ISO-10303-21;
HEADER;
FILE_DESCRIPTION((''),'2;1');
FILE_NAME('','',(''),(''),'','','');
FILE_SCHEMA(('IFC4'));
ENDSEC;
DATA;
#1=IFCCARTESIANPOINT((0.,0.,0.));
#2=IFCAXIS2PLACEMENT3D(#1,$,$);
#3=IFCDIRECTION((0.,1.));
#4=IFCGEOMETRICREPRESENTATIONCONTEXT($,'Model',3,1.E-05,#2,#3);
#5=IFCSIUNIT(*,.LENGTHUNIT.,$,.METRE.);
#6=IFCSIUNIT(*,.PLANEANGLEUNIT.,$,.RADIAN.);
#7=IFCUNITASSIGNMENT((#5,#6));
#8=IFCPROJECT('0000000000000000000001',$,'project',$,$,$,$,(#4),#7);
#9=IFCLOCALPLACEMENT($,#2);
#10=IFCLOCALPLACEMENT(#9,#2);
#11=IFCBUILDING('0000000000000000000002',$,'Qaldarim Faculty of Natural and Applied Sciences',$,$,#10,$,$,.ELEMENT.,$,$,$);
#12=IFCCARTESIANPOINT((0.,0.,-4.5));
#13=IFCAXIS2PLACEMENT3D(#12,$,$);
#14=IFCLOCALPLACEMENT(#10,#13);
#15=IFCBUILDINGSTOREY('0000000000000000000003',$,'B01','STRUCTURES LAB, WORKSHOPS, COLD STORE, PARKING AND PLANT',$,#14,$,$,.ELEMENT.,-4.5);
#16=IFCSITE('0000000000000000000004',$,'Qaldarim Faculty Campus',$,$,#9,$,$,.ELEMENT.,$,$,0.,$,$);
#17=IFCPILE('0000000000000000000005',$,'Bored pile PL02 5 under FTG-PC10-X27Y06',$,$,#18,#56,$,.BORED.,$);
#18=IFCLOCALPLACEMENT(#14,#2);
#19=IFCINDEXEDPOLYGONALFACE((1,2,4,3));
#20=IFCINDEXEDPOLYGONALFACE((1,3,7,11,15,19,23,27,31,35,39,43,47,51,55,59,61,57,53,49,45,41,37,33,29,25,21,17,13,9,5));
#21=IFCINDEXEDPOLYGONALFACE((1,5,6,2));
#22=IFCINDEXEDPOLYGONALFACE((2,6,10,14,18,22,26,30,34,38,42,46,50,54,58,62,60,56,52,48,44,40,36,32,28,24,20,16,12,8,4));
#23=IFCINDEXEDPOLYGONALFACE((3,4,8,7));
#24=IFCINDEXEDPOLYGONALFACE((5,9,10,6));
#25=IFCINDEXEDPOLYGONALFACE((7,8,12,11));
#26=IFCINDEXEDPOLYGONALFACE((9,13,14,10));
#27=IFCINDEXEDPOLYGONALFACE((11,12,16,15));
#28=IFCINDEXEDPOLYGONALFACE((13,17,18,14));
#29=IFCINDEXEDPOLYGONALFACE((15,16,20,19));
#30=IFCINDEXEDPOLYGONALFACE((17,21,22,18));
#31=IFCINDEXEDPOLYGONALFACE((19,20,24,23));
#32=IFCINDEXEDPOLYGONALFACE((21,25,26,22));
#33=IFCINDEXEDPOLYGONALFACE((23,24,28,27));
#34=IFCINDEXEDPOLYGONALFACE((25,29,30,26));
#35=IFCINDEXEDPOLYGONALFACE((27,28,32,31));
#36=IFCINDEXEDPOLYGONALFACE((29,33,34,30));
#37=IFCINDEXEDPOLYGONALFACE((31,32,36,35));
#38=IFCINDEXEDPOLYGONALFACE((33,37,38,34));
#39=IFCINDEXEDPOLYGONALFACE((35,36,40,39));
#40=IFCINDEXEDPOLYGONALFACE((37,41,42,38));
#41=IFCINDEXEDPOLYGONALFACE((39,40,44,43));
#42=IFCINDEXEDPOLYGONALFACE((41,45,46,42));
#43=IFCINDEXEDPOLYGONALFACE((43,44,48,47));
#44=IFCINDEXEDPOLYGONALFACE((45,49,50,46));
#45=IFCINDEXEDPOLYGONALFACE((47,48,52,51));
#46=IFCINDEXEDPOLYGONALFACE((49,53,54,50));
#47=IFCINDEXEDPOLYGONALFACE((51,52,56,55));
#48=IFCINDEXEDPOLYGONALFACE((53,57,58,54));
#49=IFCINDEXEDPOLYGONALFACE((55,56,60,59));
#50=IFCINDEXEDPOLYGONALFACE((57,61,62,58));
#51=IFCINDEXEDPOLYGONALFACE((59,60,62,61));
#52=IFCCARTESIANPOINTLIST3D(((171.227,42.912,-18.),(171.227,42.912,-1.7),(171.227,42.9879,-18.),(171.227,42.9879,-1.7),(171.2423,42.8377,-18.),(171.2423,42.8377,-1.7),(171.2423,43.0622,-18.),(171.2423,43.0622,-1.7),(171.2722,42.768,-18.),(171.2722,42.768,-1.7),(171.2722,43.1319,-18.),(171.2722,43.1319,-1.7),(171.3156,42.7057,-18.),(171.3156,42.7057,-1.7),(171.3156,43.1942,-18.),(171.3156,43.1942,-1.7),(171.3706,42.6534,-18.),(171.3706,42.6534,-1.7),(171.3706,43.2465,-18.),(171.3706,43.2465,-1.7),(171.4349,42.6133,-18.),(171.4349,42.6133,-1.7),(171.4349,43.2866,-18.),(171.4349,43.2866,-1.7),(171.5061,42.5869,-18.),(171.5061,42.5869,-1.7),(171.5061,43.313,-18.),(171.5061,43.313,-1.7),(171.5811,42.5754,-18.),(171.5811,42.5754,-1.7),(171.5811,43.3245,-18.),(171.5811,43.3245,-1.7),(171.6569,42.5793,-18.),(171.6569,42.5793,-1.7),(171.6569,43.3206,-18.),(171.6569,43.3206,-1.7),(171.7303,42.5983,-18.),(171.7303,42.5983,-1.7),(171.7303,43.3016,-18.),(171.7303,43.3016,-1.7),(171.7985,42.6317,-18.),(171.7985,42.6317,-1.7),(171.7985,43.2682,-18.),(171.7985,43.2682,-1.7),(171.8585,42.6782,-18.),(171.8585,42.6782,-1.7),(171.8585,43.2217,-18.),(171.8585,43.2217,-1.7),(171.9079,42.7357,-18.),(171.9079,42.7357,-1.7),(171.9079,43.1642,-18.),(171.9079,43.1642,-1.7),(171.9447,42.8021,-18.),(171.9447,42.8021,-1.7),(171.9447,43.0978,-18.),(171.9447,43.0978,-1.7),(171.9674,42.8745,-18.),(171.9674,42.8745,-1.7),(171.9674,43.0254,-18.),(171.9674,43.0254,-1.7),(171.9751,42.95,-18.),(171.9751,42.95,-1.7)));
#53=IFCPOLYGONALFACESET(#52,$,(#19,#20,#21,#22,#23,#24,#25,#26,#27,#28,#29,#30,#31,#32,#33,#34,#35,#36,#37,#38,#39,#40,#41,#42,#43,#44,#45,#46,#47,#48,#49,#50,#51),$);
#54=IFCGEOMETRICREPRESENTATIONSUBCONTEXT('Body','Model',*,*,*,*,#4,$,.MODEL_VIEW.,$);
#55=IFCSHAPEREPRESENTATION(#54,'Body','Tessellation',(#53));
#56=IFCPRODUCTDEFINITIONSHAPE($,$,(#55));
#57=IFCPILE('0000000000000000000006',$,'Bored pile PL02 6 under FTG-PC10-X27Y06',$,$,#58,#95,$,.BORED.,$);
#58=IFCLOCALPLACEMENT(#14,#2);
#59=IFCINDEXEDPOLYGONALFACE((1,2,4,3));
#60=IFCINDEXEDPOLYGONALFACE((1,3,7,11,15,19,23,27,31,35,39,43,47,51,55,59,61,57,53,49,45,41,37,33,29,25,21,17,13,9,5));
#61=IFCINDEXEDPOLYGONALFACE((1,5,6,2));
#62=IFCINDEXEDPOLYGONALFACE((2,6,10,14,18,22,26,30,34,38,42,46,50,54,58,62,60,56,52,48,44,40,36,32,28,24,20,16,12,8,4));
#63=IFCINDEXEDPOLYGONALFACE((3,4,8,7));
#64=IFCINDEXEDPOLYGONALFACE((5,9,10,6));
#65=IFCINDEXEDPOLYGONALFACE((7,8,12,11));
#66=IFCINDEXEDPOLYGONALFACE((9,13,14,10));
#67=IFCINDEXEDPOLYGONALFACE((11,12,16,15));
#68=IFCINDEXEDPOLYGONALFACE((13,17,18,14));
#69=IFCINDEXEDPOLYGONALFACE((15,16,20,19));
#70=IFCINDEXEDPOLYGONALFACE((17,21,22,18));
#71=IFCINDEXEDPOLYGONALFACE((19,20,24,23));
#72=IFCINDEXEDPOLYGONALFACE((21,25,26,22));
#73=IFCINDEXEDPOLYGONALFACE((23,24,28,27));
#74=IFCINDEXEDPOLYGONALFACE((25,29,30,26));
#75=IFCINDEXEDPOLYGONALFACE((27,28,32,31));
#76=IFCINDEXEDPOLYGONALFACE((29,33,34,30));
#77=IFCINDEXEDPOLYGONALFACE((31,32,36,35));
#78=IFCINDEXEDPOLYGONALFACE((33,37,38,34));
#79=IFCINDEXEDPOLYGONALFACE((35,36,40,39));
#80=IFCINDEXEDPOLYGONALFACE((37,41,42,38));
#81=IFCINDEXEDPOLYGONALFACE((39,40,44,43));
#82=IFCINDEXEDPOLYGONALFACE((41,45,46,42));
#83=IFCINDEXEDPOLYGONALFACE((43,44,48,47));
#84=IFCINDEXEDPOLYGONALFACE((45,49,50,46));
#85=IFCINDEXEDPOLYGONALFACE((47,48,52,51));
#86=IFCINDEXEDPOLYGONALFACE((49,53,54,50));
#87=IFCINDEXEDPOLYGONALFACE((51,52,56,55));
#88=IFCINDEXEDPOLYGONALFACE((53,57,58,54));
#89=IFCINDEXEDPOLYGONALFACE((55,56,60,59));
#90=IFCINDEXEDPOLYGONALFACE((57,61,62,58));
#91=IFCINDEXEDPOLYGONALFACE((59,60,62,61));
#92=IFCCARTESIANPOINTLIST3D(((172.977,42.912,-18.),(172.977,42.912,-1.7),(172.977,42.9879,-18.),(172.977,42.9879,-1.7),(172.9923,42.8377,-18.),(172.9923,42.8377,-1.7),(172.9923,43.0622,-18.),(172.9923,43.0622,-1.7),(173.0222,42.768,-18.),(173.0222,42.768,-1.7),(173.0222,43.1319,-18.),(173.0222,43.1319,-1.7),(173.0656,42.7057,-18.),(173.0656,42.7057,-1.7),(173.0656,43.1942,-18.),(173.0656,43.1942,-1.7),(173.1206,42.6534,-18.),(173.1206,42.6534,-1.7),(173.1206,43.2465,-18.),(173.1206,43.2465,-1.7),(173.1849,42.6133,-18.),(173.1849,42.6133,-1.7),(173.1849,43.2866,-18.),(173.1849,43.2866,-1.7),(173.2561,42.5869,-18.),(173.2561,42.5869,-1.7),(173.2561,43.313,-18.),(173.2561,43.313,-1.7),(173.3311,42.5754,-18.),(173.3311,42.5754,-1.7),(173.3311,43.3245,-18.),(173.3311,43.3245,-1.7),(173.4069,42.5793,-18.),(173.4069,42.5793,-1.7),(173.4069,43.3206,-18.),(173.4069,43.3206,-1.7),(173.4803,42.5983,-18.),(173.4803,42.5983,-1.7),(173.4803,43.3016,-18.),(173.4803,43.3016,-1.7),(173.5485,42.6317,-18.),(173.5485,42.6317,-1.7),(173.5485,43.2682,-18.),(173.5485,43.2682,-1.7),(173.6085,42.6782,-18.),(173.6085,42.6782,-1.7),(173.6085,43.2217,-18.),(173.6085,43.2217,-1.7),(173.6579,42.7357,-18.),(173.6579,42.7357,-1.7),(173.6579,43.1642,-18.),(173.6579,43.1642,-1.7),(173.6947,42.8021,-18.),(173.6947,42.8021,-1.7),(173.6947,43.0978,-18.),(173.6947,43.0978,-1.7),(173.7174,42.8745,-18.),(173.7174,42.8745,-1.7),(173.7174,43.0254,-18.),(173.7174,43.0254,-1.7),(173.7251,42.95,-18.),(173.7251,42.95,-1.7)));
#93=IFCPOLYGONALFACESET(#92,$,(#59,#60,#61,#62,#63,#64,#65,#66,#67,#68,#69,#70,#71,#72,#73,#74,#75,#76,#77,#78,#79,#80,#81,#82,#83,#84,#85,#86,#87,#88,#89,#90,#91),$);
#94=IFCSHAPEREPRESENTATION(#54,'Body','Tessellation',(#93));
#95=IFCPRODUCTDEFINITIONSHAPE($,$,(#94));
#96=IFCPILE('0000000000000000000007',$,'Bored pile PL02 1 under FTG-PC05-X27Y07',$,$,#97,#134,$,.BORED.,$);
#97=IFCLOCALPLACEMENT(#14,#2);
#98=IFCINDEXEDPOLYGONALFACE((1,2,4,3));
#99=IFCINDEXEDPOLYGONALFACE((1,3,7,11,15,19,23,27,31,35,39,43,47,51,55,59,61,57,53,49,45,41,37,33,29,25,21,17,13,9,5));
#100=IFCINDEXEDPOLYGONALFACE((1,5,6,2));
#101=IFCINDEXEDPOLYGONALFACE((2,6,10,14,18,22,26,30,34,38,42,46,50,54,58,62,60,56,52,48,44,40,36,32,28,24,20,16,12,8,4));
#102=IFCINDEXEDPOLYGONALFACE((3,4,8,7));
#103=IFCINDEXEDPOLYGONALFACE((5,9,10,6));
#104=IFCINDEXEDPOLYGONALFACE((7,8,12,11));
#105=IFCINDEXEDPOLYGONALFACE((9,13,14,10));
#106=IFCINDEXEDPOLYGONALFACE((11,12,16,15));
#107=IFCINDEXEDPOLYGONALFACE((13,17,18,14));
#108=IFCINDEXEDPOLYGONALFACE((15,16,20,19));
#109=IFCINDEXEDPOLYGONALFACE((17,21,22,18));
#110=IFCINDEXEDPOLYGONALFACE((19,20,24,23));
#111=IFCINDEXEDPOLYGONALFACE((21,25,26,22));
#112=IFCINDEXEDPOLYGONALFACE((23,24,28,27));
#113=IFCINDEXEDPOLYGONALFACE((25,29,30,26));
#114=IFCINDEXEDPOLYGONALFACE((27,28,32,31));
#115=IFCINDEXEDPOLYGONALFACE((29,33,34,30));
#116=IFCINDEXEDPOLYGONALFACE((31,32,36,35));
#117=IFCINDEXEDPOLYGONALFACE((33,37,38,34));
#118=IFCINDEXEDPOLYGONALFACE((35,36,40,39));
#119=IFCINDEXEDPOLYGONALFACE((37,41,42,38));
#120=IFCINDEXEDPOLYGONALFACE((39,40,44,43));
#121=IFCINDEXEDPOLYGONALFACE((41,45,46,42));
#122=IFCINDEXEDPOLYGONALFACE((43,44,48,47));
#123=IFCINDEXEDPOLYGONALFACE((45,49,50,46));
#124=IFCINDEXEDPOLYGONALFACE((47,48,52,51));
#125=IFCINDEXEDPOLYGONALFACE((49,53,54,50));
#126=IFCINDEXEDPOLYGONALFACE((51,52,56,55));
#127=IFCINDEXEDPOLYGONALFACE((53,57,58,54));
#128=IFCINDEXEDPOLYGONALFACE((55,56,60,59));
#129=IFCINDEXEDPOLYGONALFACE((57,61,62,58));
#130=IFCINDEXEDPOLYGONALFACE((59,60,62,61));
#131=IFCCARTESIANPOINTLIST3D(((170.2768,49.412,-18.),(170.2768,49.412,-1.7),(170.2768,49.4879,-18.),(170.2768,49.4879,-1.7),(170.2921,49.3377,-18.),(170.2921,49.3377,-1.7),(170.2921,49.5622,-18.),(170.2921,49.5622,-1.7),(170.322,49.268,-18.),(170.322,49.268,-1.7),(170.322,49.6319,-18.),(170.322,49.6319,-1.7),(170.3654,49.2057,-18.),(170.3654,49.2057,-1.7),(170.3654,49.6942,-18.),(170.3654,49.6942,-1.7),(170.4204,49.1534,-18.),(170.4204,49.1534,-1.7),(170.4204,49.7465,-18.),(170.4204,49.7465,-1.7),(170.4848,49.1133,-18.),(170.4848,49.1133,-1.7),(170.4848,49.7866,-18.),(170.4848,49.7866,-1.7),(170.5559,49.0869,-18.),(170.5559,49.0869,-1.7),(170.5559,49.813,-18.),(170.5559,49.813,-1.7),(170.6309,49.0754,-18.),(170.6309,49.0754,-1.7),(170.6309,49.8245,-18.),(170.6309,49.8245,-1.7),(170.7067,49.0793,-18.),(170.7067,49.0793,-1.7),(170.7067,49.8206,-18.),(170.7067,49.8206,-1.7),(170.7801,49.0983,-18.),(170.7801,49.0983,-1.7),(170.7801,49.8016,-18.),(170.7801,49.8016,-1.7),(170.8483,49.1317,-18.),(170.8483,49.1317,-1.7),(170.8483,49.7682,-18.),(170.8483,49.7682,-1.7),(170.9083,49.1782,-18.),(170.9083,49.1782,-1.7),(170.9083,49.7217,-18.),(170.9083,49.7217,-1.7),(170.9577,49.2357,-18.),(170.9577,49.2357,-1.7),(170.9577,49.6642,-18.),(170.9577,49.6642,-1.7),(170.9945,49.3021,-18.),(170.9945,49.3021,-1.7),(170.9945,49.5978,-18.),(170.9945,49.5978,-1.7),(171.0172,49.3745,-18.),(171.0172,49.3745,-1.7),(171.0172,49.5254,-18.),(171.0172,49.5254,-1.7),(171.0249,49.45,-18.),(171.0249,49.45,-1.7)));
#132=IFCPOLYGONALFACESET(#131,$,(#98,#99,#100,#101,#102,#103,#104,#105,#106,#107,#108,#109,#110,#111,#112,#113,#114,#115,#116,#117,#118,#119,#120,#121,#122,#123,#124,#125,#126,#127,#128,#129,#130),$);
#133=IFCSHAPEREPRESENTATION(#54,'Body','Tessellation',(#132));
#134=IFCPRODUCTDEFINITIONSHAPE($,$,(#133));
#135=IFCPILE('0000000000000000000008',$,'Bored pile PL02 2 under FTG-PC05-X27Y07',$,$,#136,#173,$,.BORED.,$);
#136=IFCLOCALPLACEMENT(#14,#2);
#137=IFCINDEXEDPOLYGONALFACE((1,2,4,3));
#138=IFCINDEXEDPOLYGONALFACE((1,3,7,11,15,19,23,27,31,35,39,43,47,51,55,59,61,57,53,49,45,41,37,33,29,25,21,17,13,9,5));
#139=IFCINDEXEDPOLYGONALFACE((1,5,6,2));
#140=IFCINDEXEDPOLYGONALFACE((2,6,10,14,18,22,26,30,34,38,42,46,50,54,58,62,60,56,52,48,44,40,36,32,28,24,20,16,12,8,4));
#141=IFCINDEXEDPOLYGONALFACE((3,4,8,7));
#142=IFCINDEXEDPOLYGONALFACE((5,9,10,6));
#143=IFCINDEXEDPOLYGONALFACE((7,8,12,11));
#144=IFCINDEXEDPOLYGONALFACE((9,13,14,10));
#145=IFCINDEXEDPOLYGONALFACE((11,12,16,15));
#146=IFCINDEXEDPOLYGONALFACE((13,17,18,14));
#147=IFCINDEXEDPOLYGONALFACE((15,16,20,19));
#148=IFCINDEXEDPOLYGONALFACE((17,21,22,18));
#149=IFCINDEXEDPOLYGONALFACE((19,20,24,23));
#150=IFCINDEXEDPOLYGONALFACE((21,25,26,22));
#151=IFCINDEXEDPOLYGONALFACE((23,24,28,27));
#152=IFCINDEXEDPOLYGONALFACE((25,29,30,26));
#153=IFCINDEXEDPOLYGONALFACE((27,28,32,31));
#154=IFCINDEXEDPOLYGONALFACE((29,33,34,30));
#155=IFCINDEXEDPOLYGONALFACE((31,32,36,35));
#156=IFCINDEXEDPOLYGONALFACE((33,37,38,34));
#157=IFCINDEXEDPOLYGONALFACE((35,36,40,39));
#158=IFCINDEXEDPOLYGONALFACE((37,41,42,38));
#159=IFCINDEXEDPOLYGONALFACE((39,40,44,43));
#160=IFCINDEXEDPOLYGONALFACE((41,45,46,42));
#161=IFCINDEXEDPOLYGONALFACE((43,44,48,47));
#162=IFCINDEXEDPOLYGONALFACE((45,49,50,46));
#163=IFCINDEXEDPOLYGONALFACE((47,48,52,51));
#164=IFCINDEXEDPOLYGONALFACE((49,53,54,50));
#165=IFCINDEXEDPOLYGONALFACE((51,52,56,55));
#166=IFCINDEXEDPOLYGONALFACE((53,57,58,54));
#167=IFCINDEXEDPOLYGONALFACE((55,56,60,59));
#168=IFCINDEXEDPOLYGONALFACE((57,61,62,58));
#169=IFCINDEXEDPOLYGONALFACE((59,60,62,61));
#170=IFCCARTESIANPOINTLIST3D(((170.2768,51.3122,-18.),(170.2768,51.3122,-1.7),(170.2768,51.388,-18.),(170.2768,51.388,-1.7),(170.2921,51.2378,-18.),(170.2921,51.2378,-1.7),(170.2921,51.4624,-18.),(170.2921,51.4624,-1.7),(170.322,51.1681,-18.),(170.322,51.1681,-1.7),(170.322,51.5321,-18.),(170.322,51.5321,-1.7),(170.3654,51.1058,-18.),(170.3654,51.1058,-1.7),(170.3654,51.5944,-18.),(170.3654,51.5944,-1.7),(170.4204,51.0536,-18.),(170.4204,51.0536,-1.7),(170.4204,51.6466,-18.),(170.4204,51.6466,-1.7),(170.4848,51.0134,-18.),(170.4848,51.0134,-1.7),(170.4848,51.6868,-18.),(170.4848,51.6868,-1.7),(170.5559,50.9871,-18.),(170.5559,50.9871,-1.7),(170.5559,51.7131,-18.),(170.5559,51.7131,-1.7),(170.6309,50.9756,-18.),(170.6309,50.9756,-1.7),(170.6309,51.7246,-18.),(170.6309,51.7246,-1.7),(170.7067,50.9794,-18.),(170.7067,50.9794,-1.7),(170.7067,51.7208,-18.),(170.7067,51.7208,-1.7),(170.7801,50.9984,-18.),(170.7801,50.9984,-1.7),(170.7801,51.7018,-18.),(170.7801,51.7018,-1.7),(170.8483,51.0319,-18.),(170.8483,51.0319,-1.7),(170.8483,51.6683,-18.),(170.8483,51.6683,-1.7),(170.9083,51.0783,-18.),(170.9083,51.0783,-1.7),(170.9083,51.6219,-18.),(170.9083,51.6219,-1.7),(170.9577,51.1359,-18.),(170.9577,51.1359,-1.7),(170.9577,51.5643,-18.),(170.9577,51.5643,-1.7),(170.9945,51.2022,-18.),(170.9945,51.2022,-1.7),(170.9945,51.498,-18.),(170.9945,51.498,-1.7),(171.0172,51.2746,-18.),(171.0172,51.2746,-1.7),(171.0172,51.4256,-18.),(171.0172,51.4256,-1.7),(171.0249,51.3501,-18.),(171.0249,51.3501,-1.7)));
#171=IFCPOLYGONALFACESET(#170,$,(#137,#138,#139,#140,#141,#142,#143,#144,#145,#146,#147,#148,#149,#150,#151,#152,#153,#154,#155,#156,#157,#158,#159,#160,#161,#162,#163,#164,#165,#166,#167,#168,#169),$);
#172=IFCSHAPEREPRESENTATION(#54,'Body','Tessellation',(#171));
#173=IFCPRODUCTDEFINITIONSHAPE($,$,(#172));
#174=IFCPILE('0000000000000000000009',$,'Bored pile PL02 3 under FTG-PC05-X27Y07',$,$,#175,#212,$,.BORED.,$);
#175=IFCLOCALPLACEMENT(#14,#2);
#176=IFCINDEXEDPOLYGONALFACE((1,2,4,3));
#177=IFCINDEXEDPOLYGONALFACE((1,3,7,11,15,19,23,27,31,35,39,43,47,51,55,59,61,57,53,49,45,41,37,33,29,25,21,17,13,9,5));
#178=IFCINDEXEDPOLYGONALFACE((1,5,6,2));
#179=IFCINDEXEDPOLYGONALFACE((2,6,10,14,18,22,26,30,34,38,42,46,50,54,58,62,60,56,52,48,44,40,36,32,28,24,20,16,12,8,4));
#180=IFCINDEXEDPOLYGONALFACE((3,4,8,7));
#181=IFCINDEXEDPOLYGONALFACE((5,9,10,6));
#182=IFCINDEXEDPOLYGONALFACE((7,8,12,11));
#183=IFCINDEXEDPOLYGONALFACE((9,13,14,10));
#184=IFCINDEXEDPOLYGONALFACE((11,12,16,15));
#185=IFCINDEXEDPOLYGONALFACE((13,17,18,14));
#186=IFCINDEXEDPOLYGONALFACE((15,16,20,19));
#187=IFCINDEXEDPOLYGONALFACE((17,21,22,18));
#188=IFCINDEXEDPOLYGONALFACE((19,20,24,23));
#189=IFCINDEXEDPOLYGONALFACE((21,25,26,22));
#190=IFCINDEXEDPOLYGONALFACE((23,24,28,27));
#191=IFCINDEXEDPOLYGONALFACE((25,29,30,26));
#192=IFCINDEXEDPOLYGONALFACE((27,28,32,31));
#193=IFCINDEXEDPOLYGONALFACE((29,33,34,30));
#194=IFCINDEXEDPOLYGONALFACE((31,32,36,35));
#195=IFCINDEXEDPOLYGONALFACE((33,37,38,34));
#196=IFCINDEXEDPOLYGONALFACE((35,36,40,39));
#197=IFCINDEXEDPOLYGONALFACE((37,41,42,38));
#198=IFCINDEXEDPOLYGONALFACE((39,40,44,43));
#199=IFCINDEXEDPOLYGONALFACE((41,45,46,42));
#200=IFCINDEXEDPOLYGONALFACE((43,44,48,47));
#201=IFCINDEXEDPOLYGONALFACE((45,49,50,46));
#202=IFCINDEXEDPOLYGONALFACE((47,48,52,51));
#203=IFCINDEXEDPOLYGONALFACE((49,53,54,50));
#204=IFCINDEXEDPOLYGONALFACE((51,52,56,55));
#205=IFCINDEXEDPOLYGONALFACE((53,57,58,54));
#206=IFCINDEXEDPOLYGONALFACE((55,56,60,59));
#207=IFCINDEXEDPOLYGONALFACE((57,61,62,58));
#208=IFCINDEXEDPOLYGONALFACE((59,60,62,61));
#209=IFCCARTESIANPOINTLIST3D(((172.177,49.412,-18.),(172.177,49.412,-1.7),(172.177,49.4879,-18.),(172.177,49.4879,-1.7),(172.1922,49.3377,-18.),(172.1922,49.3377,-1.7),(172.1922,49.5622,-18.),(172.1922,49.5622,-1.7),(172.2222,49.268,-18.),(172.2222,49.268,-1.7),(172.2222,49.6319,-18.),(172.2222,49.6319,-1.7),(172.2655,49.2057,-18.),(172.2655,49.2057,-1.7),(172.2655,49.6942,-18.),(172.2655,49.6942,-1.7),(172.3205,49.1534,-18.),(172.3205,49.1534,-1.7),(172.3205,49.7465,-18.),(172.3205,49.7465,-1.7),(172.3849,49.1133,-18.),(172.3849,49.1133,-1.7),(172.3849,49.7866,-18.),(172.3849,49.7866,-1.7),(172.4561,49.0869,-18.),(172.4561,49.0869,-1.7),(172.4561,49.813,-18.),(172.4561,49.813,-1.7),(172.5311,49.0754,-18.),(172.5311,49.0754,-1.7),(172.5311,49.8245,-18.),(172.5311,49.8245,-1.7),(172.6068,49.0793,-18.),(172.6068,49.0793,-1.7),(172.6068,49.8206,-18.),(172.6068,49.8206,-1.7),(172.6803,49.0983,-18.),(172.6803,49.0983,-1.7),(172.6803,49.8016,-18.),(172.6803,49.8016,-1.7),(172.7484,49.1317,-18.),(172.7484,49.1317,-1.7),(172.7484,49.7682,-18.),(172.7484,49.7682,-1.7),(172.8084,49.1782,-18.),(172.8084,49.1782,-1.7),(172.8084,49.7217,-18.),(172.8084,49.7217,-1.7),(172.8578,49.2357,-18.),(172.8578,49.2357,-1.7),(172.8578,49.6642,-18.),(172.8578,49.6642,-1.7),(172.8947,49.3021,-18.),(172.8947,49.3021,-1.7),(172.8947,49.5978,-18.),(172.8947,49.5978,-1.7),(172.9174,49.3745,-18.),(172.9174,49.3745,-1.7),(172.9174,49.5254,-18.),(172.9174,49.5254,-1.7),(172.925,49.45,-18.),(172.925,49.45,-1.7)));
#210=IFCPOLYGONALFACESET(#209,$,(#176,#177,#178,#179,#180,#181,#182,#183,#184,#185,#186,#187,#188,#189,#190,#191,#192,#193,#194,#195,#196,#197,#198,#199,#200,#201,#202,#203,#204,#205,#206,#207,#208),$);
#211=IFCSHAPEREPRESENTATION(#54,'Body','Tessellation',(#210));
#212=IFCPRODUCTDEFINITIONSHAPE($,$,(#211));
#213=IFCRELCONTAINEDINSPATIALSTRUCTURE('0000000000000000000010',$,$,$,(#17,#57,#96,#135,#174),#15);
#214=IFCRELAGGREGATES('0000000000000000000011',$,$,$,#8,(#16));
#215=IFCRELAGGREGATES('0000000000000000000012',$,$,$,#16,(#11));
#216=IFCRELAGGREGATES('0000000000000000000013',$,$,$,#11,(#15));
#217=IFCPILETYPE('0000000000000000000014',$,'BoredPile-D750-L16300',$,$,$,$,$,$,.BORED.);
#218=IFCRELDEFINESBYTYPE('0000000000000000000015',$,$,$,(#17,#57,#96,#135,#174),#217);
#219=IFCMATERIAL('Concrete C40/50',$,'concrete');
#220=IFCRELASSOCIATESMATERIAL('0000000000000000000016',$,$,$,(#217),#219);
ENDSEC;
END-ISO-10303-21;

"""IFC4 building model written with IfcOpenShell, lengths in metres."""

from ifc_helpers import new_model, si_unit, direction, frame, origin, origin_2d, place, context, subcontext, project, spatial, circle, extrude, material, material_profile, profile_set, type_object, element, save


model = new_model("IFC4")

# Units and contexts
model_context = context("Model", 3, precision=1e-05, world=origin(), true_north=direction((0.0, 1.0)))
body_context = subcontext(model_context, "Body", "Model", "MODEL_VIEW")
ifc_project = project(units=[si_unit("LENGTHUNIT", "METRE"), si_unit("PLANEANGLEUNIT", "RADIAN")], contexts=[model_context])

# Site, building, storey
site_placement = place(None, origin())
site = spatial("IfcSite", under=ifc_project, at=site_placement, Name="Qaldarim Faculty Campus", CompositionType="ELEMENT", RefElevation=0.0)
building_placement = place(site_placement, origin())
building = spatial("IfcBuilding", under=site, at=building_placement, Name="Qaldarim Faculty of Natural and Applied Sciences", CompositionType="ELEMENT")
storey_placement = place(building_placement, frame((0.0, 0.0, -4.5)))
storey = spatial("IfcBuildingStorey", under=building, at=storey_placement, Name="B01", Description="STRUCTURES LAB, WORKSHOPS, COLD STORE, PARKING AND PLANT", CompositionType="ELEMENT", Elevation=-4.5)

# Piles
ifc_material_1 = material(Name="Concrete C40/50", Category="concrete")
ifc_material_profile_1 = material_profile(ifc_material_1, circle(Radius=0.375, at=origin_2d()), Name="PILE-D750")
ifc_profile_set_1 = profile_set([ifc_material_profile_1], Name="Concrete C40/50")
pile_type_1 = type_object("IfcPileType", Name="BoredPile-D750-L16300", PredefinedType="BORED", material=ifc_profile_set_1)
for number, where, z_axis, x_axis, name in (
    (1, (171.6001, 42.95, -1.7), (0.0, 0.0, -1.0), (1.0, 0.0, 0.0), "Bored pile PL02 5 under FTG-PC10-X27Y06"),
    (2, (173.3501, 42.95, -1.7), (0.0, 0.0, -1.0), (1.0, 0.0, 0.0), "Bored pile PL02 6 under FTG-PC10-X27Y06"),
    (3, (170.6499, 49.45, -1.7), (0.0, 0.0, -1.0), (1.0, 0.0, 0.0), "Bored pile PL02 1 under FTG-PC05-X27Y07"),
    (4, (170.6499, 51.3501, -1.7), (0.0, 0.0, -1.0), (1.0, 0.0, 0.0), "Bored pile PL02 2 under FTG-PC05-X27Y07"),
    (5, (172.55, 49.45, -1.7), (0.0, 0.0, -1.0), (1.0, 0.0, 0.0), "Bored pile PL02 3 under FTG-PC05-X27Y07"),
):
    element("IfcPile", number, at=place(storey_placement, frame(where, z_axis=z_axis, x_axis=x_axis)), inside=storey, type_object=pile_type_1, Name=name, PredefinedType="BORED", context=body_context, shape_type="SweptSolid", body=[
        extrude(circle(Radius=0.375, at=origin_2d()), origin(), (0.0, 0.0, 1.0), 16.3),
    ])

save(model, "model.ifc")
